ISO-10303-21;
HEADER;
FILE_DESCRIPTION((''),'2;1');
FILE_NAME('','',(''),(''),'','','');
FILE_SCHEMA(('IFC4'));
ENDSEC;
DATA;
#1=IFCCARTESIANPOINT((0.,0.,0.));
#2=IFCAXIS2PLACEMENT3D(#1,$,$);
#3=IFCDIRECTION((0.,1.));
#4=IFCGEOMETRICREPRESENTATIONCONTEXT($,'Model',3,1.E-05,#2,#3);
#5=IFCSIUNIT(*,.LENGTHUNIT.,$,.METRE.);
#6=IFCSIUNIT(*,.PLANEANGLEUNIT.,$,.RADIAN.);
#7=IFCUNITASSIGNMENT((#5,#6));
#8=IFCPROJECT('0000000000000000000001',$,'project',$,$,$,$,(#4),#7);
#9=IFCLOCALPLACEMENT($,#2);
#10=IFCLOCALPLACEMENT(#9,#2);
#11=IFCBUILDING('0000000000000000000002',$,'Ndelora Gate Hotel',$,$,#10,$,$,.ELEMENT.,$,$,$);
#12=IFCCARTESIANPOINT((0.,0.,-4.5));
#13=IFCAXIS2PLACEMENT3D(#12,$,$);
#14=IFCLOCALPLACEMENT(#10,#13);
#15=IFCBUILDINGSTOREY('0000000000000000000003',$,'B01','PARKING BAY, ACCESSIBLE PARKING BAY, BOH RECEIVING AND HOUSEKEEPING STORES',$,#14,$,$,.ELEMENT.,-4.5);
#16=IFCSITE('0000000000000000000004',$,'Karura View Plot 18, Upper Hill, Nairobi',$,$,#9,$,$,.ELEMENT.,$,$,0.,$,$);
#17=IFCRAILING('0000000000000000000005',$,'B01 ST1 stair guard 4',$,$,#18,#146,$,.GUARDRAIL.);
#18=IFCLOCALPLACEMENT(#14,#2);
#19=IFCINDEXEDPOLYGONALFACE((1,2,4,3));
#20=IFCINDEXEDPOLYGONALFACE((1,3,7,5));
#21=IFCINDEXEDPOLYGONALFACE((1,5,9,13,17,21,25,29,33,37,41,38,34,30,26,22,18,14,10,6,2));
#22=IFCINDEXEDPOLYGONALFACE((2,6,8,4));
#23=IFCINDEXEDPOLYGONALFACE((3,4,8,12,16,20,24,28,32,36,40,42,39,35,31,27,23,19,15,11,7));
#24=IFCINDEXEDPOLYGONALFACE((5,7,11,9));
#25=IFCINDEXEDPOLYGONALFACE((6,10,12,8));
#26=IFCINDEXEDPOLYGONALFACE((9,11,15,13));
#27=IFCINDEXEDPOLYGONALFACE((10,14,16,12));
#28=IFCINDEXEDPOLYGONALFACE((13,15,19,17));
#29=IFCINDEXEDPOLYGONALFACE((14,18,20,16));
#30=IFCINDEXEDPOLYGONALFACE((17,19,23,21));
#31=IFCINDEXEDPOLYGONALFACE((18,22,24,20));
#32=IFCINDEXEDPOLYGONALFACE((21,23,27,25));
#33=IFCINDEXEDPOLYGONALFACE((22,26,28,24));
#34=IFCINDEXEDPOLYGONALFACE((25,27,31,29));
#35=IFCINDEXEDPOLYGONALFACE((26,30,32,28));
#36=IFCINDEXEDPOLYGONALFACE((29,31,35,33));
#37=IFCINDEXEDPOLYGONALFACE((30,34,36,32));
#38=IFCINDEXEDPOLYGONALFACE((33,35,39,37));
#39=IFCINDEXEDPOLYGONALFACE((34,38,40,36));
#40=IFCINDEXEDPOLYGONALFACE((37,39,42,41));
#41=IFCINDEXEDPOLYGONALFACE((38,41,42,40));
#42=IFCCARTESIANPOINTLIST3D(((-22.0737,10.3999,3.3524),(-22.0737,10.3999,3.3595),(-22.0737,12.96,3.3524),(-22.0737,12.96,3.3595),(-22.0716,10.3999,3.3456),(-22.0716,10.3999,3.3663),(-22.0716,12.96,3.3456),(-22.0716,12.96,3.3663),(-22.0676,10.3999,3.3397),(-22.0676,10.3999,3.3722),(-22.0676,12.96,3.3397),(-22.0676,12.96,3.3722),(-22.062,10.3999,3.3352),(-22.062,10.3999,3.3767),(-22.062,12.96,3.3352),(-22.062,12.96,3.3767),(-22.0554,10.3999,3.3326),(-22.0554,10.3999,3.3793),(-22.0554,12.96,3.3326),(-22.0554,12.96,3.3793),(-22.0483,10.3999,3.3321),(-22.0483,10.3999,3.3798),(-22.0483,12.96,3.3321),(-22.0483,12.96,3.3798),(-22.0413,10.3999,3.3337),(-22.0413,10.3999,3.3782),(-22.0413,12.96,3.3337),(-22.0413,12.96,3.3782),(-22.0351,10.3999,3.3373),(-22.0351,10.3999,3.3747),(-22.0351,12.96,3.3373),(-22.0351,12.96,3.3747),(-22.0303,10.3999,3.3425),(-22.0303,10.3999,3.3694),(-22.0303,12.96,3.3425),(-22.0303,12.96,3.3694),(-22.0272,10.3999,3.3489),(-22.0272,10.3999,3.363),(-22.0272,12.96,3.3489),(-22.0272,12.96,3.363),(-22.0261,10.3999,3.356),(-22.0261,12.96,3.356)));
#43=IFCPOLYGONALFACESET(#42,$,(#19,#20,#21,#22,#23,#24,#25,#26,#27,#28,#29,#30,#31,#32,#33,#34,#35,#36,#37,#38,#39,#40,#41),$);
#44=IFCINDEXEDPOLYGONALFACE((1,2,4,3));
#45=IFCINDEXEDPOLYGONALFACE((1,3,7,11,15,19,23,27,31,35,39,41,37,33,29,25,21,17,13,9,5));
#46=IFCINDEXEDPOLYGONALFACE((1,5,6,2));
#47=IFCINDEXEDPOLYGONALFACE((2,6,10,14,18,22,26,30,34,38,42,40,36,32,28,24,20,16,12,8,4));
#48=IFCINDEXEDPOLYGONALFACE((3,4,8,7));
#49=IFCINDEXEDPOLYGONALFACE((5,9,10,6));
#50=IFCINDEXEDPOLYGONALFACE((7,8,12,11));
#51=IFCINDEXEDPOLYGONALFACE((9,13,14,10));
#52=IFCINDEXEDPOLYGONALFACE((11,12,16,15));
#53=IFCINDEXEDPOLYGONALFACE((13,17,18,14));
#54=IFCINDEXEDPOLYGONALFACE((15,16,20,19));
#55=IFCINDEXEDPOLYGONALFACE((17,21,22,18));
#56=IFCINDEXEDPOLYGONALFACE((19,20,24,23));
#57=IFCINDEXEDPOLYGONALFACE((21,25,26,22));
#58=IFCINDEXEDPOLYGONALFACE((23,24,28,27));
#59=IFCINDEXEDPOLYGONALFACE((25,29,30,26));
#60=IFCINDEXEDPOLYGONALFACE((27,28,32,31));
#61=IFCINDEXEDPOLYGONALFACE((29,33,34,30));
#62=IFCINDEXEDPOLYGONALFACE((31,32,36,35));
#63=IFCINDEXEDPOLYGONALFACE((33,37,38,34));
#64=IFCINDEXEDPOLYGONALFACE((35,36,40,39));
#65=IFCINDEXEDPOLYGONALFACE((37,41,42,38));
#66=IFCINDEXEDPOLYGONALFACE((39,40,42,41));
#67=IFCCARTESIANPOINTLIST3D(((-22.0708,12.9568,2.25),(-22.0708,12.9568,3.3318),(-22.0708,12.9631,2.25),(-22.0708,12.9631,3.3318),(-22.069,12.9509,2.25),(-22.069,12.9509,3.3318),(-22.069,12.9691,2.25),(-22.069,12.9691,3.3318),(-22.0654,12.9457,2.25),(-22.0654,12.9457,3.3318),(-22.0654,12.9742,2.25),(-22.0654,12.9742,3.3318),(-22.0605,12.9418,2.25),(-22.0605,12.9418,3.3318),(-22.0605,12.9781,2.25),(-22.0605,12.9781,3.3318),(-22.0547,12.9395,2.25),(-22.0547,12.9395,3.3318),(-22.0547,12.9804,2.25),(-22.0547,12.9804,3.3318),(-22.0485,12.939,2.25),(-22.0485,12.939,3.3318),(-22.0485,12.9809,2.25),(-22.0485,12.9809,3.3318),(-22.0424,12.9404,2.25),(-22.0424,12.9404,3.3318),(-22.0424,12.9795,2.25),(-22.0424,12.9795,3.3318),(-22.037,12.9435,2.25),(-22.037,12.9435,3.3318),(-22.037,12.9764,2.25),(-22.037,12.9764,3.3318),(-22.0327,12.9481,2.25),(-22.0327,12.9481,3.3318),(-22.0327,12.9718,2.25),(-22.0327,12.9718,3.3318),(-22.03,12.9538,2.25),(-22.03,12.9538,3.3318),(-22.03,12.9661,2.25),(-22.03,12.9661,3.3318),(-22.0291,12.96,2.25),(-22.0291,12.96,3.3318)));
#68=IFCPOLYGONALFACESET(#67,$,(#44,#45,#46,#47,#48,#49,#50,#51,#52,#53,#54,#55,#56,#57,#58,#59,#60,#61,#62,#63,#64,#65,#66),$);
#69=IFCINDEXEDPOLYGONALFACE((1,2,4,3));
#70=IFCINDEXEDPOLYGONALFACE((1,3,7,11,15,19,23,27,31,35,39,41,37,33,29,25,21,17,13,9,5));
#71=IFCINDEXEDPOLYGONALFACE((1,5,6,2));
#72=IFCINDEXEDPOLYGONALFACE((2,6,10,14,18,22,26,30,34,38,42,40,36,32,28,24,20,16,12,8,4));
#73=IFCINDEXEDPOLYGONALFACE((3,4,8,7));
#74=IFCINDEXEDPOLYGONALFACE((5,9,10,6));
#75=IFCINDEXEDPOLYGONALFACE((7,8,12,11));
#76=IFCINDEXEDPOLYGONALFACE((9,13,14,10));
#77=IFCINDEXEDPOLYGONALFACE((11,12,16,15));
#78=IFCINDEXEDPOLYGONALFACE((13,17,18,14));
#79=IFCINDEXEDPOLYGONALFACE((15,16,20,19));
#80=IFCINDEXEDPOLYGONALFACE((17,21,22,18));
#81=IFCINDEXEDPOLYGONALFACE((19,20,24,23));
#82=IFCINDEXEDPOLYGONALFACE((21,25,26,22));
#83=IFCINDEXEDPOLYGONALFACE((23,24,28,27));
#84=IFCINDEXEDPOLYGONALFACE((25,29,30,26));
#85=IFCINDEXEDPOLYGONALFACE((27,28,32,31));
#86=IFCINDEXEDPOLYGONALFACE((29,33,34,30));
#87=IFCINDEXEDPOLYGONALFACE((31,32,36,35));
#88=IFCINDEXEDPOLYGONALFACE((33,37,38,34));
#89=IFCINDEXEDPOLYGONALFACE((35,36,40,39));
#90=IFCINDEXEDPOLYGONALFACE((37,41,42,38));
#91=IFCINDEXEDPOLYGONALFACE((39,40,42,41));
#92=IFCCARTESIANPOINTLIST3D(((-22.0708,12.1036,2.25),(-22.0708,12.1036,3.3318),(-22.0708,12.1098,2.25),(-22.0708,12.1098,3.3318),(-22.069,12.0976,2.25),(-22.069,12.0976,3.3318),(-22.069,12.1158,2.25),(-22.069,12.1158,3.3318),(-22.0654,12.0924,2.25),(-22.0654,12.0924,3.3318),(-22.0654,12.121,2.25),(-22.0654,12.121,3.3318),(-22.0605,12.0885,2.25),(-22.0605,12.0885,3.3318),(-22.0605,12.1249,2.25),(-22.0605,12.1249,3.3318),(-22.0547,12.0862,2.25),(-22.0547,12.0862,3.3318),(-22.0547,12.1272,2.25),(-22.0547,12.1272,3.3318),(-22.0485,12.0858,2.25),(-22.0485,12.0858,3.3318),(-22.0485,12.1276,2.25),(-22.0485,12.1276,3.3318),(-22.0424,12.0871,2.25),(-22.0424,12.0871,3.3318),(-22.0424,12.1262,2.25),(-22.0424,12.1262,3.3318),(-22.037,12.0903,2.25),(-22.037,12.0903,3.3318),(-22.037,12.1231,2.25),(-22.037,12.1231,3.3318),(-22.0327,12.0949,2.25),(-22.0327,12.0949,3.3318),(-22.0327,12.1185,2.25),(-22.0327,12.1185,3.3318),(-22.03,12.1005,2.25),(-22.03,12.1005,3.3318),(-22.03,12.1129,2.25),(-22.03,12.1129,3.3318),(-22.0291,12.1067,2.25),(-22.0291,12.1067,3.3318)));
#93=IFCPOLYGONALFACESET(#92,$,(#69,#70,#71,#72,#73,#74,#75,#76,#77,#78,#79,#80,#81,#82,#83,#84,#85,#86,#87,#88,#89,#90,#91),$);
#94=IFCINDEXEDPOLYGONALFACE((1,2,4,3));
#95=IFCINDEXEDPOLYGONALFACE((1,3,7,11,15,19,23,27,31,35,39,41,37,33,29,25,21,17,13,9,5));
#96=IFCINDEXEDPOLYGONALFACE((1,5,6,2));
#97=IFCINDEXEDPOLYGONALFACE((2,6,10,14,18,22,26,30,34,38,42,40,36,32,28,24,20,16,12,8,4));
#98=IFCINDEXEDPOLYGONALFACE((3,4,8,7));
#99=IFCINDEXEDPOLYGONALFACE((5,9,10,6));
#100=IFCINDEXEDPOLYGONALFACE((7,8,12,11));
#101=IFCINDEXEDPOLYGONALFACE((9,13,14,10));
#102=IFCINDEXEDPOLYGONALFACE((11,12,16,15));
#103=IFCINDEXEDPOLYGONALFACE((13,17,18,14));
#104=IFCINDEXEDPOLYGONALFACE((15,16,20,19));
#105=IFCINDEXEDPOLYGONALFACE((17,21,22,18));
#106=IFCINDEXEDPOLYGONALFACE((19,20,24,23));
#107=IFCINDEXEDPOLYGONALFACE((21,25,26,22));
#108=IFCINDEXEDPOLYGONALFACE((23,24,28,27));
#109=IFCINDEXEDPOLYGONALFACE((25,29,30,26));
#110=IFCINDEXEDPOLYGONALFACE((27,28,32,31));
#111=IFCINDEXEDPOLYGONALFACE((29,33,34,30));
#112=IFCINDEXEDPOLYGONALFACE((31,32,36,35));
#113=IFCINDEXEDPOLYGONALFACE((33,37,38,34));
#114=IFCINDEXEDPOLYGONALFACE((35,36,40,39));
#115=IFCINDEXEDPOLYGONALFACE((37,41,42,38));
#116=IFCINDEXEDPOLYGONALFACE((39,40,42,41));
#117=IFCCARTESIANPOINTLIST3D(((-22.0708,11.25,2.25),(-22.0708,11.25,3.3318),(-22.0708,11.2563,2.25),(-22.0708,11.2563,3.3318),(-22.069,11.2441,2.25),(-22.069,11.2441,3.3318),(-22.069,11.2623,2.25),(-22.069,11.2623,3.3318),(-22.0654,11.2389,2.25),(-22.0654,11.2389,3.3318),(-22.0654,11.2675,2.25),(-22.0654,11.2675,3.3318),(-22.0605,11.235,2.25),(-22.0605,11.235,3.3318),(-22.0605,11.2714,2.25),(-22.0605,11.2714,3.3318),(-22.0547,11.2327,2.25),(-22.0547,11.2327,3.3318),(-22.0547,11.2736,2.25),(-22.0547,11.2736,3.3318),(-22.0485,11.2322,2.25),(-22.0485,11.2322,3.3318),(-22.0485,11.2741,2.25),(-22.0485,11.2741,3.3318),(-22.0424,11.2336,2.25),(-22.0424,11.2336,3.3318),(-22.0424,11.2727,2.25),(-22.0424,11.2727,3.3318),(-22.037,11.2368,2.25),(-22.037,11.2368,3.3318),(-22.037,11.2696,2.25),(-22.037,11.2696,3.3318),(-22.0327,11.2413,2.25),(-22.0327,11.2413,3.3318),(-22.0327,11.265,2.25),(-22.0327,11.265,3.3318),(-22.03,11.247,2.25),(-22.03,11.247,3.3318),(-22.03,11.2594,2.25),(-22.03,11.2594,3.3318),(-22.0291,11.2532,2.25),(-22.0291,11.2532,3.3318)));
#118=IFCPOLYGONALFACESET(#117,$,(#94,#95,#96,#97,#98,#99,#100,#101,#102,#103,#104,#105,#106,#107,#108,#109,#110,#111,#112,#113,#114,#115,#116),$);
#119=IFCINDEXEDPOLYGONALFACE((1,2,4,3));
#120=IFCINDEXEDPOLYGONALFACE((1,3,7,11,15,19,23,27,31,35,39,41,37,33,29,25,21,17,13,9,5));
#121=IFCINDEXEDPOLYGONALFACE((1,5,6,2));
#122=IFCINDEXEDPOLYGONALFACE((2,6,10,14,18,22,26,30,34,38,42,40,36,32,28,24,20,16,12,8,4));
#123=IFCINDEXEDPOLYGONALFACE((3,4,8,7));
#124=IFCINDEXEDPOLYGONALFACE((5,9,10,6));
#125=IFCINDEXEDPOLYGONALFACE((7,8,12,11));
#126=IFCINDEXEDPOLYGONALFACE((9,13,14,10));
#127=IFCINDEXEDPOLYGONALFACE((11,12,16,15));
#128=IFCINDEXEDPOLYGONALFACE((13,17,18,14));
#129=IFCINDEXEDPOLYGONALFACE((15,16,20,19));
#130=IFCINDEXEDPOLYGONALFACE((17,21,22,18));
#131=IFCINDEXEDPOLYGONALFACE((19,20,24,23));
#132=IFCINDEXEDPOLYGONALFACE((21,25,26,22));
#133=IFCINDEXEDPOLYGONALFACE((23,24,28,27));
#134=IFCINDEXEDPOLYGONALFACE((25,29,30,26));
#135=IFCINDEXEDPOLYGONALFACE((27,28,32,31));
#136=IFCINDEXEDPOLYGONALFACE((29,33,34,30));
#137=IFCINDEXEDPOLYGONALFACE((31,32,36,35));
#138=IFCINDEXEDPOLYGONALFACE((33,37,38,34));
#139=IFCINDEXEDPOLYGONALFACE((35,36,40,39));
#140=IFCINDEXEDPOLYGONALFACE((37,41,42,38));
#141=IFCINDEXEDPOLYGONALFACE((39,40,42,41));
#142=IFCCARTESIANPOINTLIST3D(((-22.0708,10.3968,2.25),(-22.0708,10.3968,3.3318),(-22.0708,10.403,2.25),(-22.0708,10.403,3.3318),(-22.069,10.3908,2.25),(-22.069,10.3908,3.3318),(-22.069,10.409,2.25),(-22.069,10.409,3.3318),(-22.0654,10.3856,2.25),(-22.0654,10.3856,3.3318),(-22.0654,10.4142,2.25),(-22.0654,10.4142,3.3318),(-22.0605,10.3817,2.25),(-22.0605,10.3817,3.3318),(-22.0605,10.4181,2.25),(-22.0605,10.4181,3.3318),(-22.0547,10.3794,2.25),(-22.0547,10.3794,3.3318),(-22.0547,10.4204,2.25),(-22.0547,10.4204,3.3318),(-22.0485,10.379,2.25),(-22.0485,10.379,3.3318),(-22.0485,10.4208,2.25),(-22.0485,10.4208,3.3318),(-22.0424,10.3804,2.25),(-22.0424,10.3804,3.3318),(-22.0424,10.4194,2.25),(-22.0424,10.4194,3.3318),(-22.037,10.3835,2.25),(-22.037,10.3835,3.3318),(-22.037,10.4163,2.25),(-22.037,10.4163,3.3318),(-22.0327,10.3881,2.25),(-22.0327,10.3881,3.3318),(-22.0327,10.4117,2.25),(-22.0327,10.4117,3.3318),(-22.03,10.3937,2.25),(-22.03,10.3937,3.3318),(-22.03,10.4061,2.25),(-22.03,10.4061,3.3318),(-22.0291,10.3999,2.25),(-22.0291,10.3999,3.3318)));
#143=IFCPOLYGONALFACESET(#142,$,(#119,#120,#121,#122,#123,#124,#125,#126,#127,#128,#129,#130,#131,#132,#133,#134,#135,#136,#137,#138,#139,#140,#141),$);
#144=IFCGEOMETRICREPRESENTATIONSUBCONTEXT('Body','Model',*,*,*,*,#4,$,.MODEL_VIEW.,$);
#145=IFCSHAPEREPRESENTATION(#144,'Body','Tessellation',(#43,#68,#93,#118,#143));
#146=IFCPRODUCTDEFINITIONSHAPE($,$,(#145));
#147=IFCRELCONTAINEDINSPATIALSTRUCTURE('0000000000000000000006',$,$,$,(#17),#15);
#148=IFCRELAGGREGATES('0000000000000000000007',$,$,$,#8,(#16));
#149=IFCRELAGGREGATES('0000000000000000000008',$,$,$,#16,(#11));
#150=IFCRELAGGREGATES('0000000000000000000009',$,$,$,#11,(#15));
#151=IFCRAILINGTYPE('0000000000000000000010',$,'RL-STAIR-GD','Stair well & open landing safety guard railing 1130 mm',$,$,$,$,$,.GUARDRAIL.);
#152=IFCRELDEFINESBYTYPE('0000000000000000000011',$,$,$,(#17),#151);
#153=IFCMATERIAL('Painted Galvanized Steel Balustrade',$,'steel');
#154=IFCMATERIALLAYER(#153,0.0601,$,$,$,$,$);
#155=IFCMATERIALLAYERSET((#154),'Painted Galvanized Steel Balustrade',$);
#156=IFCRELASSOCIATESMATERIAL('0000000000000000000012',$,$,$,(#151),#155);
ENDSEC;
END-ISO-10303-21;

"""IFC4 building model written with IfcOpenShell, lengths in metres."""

from ifc_helpers import new_model, si_unit, direction, frame, origin, origin_2d, place, context, subcontext, project, spatial, circle, extrude, material, layer, layer_set, type_object, element, save


model = new_model("IFC4")

# Units and contexts
model_context = context("Model", 3, precision=1e-05, world=origin(), true_north=direction((0.0, 1.0)))
body_context = subcontext(model_context, "Body", "Model", "MODEL_VIEW")
ifc_project = project(units=[si_unit("LENGTHUNIT", "METRE"), si_unit("PLANEANGLEUNIT", "RADIAN")], contexts=[model_context])

# Site, building, storey
site_placement = place(None, origin())
site = spatial("IfcSite", under=ifc_project, at=site_placement, Name="Karura View Plot 18, Upper Hill, Nairobi", CompositionType="ELEMENT", RefElevation=0.0)
building_placement = place(site_placement, origin())
building = spatial("IfcBuilding", under=site, at=building_placement, Name="Ndelora Gate Hotel", CompositionType="ELEMENT")
storey_placement = place(building_placement, frame((0.0, 0.0, -4.5)))
storey = spatial("IfcBuildingStorey", under=building, at=storey_placement, Name="B01", Description="PARKING BAY, ACCESSIBLE PARKING BAY, BOH RECEIVING AND HOUSEKEEPING STORES", CompositionType="ELEMENT", Elevation=-4.5)

# Railing
ifc_material_1 = material(Name="Painted Galvanized Steel Balustrade", Category="steel")
ifc_layer_1 = layer(ifc_material_1, 0.0601)
ifc_layer_set_1 = layer_set([ifc_layer_1], Name="Painted Galvanized Steel Balustrade")
railing_type_1 = type_object("IfcRailingType", Name="RL-STAIR-GD", Description="Stair well & open landing safety guard railing 1130 mm", PredefinedType="GUARDRAIL", material=ifc_layer_set_1)
for number, where, name in (
    (1, (-22.05, 12.96, 2.25), "B01 ST1 stair guard 4"),
):
    element("IfcRailing", number, at=place(storey_placement, frame(where)), inside=storey, type_object=railing_type_1, Name=name, PredefinedType="GUARDRAIL", context=body_context, shape_type="SweptSolid", body=[
        extrude(circle(Radius=0.0239, at=origin_2d()), frame((0.0, 0.0, 1.106), z_axis=(0.0, -1.0, 0.0), x_axis=(1.0, 0.0, 0.0)), (0.0, 0.0, 1.0), 2.5601),
        extrude(circle(Radius=0.021, at=origin_2d()), origin(), (0.0, 0.0, 1.0), 1.0818),
        extrude(circle(Radius=0.021, at=origin_2d()), frame((0.0, -0.8533, 0.0)), (0.0, 0.0, 1.0), 1.0818),
        extrude(circle(Radius=0.021, at=origin_2d()), frame((0.0, -1.7068, 0.0)), (0.0, 0.0, 1.0), 1.0818),
        extrude(circle(Radius=0.021, at=origin_2d()), frame((0.0, -2.5601, 0.0)), (0.0, 0.0, 1.0), 1.0818),
    ])

save(model, "model.ifc")
